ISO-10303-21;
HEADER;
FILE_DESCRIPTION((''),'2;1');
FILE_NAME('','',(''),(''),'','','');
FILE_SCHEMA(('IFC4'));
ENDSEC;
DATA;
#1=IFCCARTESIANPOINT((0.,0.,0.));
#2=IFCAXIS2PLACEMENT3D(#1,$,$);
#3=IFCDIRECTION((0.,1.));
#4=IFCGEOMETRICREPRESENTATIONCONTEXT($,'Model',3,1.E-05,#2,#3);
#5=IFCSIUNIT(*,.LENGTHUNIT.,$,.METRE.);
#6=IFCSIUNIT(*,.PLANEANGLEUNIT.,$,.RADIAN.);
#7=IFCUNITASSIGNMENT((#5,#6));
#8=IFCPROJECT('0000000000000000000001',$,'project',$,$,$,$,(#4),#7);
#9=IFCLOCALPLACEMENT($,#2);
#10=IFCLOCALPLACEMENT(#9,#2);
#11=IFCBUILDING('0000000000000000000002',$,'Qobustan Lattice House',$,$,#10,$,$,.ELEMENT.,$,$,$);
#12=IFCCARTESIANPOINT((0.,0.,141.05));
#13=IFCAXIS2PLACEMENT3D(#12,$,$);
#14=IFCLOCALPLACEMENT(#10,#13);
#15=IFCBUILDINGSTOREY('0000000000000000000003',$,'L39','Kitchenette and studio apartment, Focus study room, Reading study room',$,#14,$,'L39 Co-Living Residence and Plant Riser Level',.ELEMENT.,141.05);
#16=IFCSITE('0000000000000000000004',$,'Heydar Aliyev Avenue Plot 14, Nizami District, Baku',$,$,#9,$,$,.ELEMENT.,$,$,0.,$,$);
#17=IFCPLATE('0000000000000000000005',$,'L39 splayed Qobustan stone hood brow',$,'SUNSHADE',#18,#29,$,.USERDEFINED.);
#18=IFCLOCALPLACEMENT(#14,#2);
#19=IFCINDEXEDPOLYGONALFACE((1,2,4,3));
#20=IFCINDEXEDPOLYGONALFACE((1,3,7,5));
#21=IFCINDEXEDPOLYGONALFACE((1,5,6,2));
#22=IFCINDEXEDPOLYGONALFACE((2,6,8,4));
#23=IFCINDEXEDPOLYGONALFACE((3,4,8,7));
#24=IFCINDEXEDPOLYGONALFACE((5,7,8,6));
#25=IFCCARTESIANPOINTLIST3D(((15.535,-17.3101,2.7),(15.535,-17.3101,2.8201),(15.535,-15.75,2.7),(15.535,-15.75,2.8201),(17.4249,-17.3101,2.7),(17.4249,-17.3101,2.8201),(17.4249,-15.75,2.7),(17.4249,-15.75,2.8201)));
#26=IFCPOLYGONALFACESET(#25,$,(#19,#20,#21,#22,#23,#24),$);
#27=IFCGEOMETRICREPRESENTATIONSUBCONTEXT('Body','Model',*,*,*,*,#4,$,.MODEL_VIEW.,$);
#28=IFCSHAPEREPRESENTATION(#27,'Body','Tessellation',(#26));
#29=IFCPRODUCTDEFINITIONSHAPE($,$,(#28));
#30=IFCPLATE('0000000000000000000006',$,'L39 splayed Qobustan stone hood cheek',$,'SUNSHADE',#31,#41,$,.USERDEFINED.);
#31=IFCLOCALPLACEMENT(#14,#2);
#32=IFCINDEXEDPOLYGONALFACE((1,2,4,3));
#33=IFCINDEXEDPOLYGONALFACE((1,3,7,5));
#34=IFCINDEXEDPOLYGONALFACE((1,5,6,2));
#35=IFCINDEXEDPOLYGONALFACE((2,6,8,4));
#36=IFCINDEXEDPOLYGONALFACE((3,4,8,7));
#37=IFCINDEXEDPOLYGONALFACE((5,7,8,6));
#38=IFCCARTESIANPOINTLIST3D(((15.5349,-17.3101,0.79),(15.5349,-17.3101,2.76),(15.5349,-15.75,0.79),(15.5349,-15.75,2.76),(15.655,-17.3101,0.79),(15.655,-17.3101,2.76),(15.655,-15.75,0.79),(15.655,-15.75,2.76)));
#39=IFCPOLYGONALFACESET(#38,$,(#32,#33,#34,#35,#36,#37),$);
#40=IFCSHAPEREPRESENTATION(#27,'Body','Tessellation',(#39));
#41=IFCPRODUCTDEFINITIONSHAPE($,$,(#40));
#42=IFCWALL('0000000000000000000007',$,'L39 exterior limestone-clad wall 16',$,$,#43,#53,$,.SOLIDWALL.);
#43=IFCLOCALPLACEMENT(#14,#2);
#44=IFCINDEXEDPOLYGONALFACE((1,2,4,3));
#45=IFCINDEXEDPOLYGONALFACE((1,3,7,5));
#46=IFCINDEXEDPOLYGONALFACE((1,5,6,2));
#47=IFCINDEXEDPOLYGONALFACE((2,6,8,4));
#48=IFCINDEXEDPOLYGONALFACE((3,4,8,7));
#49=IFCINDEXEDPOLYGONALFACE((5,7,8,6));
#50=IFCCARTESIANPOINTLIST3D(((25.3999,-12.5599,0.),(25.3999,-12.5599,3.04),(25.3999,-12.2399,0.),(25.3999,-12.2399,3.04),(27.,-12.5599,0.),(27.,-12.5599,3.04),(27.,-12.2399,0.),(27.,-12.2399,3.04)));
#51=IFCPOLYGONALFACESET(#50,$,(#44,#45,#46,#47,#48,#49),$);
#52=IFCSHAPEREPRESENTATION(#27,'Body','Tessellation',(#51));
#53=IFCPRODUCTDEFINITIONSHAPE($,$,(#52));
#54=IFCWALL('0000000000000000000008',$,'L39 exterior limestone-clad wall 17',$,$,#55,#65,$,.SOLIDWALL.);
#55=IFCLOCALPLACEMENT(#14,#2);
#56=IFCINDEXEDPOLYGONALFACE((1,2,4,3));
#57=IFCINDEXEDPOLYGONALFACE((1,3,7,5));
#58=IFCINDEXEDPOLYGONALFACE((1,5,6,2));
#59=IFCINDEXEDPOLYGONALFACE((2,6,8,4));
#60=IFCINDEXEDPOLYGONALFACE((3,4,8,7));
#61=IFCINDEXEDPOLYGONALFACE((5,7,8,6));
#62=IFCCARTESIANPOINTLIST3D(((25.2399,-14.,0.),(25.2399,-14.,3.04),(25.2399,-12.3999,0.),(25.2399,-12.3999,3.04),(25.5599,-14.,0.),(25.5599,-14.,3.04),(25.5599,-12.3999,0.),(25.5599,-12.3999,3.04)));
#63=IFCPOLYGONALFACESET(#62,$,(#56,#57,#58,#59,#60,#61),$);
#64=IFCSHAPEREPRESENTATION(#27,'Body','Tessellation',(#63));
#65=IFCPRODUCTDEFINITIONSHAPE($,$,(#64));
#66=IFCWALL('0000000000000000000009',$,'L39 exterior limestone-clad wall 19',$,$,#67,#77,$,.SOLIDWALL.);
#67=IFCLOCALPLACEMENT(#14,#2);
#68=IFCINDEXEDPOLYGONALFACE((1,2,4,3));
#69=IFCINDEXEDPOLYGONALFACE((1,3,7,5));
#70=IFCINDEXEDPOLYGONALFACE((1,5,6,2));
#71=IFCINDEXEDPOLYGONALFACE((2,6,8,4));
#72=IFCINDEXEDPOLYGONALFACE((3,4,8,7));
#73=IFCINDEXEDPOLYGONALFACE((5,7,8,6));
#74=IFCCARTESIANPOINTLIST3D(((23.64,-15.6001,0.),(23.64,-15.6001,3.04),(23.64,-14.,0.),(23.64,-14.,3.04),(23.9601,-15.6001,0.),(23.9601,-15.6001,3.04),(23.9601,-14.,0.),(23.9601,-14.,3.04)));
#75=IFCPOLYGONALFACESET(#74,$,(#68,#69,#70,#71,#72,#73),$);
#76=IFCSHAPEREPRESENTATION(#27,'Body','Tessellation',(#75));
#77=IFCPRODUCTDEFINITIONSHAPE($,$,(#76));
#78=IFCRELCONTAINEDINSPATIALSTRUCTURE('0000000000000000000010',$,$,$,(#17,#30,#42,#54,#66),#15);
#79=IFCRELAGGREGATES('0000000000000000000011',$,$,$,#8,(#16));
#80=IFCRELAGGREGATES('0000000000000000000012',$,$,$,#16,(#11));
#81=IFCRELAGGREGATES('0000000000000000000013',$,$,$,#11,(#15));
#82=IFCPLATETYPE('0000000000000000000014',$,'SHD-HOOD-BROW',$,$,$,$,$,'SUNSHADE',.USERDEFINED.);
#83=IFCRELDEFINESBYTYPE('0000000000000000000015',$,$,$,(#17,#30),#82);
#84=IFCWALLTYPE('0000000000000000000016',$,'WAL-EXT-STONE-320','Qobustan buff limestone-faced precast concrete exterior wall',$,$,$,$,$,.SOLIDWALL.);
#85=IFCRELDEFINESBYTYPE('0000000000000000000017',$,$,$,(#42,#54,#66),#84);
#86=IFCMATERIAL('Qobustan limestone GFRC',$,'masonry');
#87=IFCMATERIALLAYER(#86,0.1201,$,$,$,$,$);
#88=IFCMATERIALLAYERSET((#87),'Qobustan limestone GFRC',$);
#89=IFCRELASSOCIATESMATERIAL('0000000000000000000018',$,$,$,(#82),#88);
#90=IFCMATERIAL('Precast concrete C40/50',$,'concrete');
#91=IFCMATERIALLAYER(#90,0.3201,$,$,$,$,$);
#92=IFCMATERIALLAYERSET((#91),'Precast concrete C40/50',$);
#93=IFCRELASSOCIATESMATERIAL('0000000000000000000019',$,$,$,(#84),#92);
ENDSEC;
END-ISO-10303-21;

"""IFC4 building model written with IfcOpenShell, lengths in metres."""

from ifc_helpers import new_model, si_unit, direction, frame, frame_2d, origin, origin_2d, place, context, subcontext, project, spatial, rectangle, extrude, material, layer, layer_set, type_object, element, save


model = new_model("IFC4")

# Units and contexts
model_context = context("Model", 3, precision=1e-05, world=origin(), true_north=direction((0.0, 1.0)))
body_context = subcontext(model_context, "Body", "Model", "MODEL_VIEW")
ifc_project = project(units=[si_unit("LENGTHUNIT", "METRE"), si_unit("PLANEANGLEUNIT", "RADIAN")], contexts=[model_context])

# Site, building, storey
site_placement = place(None, origin())
site = spatial("IfcSite", under=ifc_project, at=site_placement, Name="Heydar Aliyev Avenue Plot 14, Nizami District, Baku", CompositionType="ELEMENT", RefElevation=0.0)
building_placement = place(site_placement, origin())
building = spatial("IfcBuilding", under=site, at=building_placement, Name="Qobustan Lattice House", CompositionType="ELEMENT")
storey_placement = place(building_placement, frame((0.0, 0.0, 141.05)))
storey = spatial("IfcBuildingStorey", under=building, at=storey_placement, Name="L39", Description="Kitchenette and studio apartment, Focus study room, Reading study room", LongName="L39 Co-Living Residence and Plant Riser Level", CompositionType="ELEMENT", Elevation=141.05)

# Plates
ifc_material_1 = material(Name="Qobustan limestone GFRC", Category="masonry")
ifc_layer_1 = layer(ifc_material_1, 0.1201)
ifc_layer_set_1 = layer_set([ifc_layer_1], Name="Qobustan limestone GFRC")
plate_type_1 = type_object("IfcPlateType", Name="SHD-HOOD-BROW", ElementType="SUNSHADE", PredefinedType="USERDEFINED", material=ifc_layer_set_1)
plate_1_placement = place(storey_placement, frame((16.48, -16.53, 2.7), z_axis=(0.0, 0.0, 1.0), x_axis=(-1.0, 0.0, 0.0)))
element("IfcPlate", 1, at=plate_1_placement, inside=storey, type_object=plate_type_1, Name="L39 splayed Qobustan stone hood brow", ObjectType="SUNSHADE", PredefinedType="USERDEFINED", context=body_context, shape_type="SweptSolid", body=[
    extrude(rectangle(XDim=1.8899, YDim=1.5601, at=origin_2d()), origin(), (0.0, 0.0, 1.0), 0.1201),
])
plate_2_placement = place(storey_placement, frame((15.595, -16.53, 0.79), z_axis=(0.0, 0.0, 1.0), x_axis=(-1.0, 0.0, 0.0)))
element("IfcPlate", 2, at=plate_2_placement, inside=storey, type_object=plate_type_1, Name="L39 splayed Qobustan stone hood cheek", ObjectType="SUNSHADE", PredefinedType="USERDEFINED", context=body_context, shape_type="SweptSolid", body=[
    extrude(rectangle(XDim=0.1201, YDim=1.5601, at=origin_2d()), origin(), (0.0, 0.0, 1.0), 1.97),
])

# Walls
ifc_material_2 = material(Name="Precast concrete C40/50", Category="concrete")
ifc_layer_2 = layer(ifc_material_2, 0.3201)
ifc_layer_set_2 = layer_set([ifc_layer_2], Name="Precast concrete C40/50")
wall_type_1 = type_object("IfcWallType", Name="WAL-EXT-STONE-320", Description="Qobustan buff limestone-faced precast concrete exterior wall", PredefinedType="SOLIDWALL", material=ifc_layer_set_2)
for number, where, z_axis, x_axis, name in (
    (3, (27.0, -12.3999, 0.0), (0.0, 0.0, 1.0), (-1.0, 0.0, 0.0), "L39 exterior limestone-clad wall 16"),
    (4, (25.3999, -12.3999, 0.0), (0.0, 0.0, 1.0), (0.0, -1.0, 0.0), "L39 exterior limestone-clad wall 17"),
    (5, (23.8, -14.0, 0.0), (0.0, 0.0, 1.0), (0.0, -1.0, 0.0), "L39 exterior limestone-clad wall 19"),
):
    element("IfcWall", number, at=place(storey_placement, frame(where, z_axis=z_axis, x_axis=x_axis)), inside=storey, type_object=wall_type_1, Name=name, PredefinedType="SOLIDWALL", context=body_context, shape_type="SweptSolid", body=[
        extrude(rectangle(XDim=1.6001, YDim=0.3201, at=frame_2d((0.8, 0.0))), origin(), (0.0, 0.0, 1.0), 3.04),
    ])

save(model, "model.ifc")
